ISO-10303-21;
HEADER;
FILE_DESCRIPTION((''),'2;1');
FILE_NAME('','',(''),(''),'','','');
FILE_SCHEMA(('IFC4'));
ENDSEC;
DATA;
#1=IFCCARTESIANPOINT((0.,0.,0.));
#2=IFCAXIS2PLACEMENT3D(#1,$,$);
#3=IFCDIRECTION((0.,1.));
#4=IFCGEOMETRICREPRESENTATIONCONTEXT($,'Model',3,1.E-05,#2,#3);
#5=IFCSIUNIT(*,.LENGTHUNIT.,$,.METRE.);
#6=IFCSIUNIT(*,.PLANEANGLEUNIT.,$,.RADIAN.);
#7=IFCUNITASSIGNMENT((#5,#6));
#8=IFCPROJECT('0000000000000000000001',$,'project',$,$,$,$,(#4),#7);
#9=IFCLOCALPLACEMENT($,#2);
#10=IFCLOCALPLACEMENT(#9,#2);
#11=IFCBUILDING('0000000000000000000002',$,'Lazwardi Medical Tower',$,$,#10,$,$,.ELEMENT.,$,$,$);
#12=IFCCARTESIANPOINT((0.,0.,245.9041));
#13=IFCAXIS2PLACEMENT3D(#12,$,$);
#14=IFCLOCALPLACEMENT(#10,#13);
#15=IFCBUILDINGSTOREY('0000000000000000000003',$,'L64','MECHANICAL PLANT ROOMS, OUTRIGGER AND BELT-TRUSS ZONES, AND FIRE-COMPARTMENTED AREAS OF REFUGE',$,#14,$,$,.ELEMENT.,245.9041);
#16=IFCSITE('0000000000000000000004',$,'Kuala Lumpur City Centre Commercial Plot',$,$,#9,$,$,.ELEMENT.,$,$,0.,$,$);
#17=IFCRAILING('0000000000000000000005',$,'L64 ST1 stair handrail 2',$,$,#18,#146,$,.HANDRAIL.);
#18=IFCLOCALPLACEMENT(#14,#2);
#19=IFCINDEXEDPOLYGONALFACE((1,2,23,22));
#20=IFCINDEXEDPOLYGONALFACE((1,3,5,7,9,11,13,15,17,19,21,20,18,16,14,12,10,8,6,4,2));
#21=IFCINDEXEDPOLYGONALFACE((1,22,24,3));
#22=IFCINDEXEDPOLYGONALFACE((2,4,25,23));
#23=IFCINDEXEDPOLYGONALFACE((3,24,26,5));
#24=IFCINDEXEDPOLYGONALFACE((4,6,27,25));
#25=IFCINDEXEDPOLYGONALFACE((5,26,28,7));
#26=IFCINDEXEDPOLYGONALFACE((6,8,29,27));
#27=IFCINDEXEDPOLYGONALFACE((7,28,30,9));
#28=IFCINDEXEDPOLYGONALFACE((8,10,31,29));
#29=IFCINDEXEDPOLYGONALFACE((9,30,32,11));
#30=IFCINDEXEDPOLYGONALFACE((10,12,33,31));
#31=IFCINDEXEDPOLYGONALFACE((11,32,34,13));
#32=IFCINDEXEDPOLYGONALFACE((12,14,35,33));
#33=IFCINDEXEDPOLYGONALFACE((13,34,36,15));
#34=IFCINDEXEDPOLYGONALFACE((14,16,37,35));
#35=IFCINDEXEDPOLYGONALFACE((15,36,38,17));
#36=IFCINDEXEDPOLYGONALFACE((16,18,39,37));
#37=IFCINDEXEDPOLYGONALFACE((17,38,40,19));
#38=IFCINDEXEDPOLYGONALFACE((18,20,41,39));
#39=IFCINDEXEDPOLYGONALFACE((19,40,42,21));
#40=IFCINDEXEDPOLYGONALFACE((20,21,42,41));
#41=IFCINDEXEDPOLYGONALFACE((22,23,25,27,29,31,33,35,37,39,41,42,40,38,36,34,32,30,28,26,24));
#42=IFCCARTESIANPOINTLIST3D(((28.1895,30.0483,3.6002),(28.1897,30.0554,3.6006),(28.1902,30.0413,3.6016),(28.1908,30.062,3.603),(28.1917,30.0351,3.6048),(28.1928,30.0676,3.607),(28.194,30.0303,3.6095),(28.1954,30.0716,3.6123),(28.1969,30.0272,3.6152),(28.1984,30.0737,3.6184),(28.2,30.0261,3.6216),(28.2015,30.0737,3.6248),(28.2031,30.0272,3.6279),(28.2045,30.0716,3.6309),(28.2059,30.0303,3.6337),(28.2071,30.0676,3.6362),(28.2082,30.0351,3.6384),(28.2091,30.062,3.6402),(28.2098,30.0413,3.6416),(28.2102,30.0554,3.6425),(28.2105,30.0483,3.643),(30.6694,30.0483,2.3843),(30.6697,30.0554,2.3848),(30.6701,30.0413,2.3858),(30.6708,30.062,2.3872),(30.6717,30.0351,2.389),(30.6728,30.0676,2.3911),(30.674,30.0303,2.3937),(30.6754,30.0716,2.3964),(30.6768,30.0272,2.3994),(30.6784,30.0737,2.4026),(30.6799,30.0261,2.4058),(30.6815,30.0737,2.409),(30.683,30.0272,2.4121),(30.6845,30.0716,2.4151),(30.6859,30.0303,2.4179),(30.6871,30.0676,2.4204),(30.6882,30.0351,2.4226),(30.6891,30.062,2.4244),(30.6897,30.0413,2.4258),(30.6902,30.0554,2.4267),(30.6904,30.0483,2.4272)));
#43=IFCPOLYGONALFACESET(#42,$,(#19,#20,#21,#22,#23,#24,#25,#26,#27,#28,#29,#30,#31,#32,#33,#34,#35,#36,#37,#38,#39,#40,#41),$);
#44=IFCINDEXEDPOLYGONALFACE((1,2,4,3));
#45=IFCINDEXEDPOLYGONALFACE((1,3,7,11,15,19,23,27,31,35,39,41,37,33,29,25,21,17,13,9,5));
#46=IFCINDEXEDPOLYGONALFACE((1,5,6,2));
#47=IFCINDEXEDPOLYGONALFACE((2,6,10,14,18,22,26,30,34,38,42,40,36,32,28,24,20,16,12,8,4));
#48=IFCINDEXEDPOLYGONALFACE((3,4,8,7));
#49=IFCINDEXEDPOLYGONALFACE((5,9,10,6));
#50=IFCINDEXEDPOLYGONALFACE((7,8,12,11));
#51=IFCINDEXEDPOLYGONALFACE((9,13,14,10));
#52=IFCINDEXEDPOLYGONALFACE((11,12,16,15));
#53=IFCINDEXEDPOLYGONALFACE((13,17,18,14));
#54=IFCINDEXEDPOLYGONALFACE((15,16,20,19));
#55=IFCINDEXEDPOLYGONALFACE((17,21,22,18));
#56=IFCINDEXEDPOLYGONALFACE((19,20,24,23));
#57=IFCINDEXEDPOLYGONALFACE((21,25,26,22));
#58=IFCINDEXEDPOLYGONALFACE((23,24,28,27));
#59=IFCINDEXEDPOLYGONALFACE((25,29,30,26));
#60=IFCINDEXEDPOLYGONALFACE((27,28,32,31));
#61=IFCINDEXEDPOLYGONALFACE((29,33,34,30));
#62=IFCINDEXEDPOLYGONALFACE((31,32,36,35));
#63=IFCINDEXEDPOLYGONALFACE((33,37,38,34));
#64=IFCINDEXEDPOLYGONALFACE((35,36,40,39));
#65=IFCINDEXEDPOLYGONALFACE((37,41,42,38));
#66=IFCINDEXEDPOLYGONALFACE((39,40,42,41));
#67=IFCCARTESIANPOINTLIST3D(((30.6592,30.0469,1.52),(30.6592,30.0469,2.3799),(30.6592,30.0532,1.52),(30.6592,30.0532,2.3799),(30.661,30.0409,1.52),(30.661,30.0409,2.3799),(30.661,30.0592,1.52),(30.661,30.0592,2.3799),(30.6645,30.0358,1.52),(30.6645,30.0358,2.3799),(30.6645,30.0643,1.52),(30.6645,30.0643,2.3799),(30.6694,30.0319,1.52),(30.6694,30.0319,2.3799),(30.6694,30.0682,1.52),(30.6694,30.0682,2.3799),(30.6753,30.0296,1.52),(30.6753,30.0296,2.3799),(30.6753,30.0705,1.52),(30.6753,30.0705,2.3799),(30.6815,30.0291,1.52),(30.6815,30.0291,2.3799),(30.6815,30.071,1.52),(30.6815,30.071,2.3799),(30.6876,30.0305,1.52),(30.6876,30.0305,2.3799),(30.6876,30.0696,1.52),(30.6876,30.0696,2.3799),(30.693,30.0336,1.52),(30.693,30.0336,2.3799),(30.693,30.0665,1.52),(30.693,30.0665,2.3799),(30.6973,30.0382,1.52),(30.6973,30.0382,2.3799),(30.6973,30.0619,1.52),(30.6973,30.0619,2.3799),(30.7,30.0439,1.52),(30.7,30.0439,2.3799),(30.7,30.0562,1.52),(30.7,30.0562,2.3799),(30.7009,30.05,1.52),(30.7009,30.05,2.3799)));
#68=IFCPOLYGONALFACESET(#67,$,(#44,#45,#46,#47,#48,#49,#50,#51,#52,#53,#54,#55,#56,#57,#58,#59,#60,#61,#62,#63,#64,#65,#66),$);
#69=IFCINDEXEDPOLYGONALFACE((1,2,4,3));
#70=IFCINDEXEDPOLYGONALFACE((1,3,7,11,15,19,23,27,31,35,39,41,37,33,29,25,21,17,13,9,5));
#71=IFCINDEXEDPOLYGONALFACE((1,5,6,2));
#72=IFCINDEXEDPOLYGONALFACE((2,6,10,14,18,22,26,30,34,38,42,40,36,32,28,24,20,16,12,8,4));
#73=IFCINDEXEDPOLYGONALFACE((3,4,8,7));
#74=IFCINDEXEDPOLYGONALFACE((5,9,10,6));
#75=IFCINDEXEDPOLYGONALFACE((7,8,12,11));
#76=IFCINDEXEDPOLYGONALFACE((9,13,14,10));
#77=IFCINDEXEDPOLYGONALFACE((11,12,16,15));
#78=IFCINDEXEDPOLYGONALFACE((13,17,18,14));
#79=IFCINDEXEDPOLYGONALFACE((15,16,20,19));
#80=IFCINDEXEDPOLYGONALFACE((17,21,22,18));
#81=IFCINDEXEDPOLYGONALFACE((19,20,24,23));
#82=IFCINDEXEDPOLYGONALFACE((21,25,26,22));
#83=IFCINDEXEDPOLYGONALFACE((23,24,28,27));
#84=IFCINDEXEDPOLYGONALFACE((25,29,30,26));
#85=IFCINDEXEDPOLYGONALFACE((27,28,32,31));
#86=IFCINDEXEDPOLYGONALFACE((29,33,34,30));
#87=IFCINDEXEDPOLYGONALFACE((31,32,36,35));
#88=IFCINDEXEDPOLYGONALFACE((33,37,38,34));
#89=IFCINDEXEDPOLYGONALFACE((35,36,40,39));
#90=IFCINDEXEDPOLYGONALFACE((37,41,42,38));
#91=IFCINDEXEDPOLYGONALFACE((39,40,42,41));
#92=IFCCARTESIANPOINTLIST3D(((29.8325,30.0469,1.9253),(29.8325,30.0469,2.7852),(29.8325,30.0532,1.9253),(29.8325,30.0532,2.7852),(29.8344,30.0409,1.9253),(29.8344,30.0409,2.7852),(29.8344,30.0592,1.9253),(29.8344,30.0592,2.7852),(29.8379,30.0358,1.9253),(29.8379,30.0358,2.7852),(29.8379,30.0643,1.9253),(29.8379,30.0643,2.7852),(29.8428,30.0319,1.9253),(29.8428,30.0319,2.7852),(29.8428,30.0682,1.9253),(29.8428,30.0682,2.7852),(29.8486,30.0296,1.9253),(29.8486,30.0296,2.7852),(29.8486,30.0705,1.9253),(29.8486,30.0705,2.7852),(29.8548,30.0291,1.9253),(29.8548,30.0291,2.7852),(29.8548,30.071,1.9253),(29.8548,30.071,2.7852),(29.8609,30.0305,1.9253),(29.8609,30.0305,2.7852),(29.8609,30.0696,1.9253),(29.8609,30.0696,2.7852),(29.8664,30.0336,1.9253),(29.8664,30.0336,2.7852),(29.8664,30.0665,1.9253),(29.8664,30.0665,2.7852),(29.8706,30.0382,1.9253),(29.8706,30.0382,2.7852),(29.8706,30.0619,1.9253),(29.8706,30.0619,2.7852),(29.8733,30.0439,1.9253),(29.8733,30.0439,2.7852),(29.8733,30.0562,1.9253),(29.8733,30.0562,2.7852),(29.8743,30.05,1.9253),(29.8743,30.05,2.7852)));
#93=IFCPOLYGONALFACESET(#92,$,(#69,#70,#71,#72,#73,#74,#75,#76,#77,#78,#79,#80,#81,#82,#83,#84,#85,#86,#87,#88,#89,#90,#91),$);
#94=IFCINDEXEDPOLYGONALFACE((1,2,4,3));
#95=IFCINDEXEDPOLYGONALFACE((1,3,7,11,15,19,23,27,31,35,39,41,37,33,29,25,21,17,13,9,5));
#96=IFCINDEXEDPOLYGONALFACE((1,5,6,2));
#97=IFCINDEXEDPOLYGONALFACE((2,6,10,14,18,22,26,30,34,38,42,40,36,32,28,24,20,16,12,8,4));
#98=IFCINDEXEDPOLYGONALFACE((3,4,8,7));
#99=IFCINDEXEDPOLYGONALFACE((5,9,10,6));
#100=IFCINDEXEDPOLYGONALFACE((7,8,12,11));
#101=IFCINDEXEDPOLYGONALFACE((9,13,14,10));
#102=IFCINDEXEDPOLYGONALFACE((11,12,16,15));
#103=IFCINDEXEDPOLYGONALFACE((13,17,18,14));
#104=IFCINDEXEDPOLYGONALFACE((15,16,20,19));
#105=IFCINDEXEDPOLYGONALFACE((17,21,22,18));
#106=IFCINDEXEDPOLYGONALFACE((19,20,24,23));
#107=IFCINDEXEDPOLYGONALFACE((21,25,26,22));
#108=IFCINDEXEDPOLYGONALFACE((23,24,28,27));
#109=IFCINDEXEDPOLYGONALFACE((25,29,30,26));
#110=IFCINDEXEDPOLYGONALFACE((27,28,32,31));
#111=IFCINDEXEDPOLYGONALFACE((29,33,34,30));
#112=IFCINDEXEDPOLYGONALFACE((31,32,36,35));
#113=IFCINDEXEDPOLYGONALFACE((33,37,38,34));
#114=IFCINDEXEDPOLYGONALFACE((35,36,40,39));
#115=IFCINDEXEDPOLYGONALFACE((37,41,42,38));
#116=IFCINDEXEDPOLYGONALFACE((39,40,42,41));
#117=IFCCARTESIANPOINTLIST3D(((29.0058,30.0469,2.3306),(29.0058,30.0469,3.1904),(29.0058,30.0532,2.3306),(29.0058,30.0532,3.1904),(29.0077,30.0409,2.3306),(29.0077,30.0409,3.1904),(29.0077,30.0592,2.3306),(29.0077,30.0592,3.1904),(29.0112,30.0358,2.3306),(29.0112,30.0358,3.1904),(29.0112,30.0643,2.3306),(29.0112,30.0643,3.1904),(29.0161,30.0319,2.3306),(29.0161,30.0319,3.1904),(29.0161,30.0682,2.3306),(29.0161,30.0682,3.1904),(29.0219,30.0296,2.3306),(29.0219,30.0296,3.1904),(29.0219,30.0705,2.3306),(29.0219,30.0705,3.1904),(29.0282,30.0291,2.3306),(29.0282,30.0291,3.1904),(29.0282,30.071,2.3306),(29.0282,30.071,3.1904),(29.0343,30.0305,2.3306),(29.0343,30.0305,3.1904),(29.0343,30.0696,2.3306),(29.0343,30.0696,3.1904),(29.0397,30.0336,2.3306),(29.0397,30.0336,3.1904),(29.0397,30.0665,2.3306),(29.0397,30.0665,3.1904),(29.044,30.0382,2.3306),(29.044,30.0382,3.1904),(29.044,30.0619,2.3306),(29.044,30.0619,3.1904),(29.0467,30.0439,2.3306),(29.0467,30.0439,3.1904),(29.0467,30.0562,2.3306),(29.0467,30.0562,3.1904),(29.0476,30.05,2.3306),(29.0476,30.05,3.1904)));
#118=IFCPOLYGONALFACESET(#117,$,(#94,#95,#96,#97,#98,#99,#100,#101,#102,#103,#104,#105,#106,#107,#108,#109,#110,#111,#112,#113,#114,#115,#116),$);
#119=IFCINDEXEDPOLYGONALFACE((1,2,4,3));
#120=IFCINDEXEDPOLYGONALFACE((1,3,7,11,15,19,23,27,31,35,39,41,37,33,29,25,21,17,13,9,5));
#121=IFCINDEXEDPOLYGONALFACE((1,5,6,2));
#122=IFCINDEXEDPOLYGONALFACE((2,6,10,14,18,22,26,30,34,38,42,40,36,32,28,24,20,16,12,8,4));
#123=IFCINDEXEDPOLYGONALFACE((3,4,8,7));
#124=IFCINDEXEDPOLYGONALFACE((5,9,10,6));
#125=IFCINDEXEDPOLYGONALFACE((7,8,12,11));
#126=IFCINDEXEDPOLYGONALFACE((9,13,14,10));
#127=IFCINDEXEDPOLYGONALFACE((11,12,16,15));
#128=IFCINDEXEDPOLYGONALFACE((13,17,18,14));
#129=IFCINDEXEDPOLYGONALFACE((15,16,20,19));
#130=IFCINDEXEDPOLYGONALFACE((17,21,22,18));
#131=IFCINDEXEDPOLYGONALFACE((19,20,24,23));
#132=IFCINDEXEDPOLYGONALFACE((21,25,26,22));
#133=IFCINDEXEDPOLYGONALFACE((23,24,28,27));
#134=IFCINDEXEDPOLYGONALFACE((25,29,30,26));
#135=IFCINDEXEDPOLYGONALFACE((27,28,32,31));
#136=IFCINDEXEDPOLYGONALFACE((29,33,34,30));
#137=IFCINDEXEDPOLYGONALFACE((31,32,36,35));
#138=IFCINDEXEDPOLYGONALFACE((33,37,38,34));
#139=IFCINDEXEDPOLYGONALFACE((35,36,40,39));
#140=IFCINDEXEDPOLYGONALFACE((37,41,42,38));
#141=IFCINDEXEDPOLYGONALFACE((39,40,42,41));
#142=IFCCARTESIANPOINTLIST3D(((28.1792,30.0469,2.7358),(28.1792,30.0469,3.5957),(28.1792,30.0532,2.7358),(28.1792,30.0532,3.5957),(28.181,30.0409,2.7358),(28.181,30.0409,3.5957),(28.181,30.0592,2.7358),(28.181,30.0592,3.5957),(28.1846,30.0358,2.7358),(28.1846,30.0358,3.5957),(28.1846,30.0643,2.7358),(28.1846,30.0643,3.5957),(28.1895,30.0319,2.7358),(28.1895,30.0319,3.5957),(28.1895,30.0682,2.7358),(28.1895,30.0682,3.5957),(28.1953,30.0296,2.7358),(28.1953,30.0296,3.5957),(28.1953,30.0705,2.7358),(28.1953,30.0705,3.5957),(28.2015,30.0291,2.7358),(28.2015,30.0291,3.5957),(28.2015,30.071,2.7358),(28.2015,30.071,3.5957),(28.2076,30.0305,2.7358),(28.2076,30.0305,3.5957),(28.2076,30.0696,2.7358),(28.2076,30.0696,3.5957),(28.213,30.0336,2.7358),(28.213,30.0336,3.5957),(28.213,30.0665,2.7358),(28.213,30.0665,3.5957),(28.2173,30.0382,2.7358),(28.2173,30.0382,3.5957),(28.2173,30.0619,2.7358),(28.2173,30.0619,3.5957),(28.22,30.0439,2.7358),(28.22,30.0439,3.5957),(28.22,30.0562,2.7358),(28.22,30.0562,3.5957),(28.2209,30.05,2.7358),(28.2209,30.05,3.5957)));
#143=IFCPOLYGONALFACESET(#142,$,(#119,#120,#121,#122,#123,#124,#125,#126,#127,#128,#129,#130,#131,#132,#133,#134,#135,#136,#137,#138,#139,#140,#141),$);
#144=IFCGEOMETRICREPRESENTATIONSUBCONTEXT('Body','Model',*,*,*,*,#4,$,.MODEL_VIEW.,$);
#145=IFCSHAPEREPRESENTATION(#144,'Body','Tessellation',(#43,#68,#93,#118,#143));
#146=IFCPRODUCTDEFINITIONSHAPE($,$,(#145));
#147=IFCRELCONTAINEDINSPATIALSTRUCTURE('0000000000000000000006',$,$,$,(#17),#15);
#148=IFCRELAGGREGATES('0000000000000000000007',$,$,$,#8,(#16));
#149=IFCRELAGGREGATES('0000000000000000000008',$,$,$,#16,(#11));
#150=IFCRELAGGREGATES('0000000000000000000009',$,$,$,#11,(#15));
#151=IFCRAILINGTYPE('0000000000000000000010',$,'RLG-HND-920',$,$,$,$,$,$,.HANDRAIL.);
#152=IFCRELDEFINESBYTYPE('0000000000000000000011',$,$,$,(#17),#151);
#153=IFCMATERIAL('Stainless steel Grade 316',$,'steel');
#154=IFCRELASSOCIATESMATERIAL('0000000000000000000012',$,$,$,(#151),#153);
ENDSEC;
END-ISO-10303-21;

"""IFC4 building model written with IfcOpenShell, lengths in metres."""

from ifc_helpers import new_model, si_unit, direction, frame, origin, origin_2d, place, context, subcontext, project, spatial, circle, extrude, material, type_object, element, save


model = new_model("IFC4")

# Units and contexts
model_context = context("Model", 3, precision=1e-05, world=origin(), true_north=direction((0.0, 1.0)))
body_context = subcontext(model_context, "Body", "Model", "MODEL_VIEW")
ifc_project = project(units=[si_unit("LENGTHUNIT", "METRE"), si_unit("PLANEANGLEUNIT", "RADIAN")], contexts=[model_context])

# Site, building, storey
site_placement = place(None, origin())
site = spatial("IfcSite", under=ifc_project, at=site_placement, Name="Kuala Lumpur City Centre Commercial Plot", CompositionType="ELEMENT", RefElevation=0.0)
building_placement = place(site_placement, origin())
building = spatial("IfcBuilding", under=site, at=building_placement, Name="Lazwardi Medical Tower", CompositionType="ELEMENT")
storey_placement = place(building_placement, frame((0.0, 0.0, 245.9041)))
storey = spatial("IfcBuildingStorey", under=building, at=storey_placement, Name="L64", Description="MECHANICAL PLANT ROOMS, OUTRIGGER AND BELT-TRUSS ZONES, AND FIRE-COMPARTMENTED AREAS OF REFUGE", CompositionType="ELEMENT", Elevation=245.9041)

# Railing
ifc_material_1 = material(Name="Stainless steel Grade 316", Category="steel")
railing_type = type_object("IfcRailingType", Name="RLG-HND-920", PredefinedType="HANDRAIL", material=ifc_material_1)
railing_1_placement = place(storey_placement, frame((30.6799, 30.05, 1.52)))
element("IfcRailing", 1, at=railing_1_placement, inside=storey, type_object=railing_type, Name="L64 ST1 stair handrail 2", PredefinedType="HANDRAIL", context=body_context, shape_type="SweptSolid", body=[
    extrude(circle(Radius=0.0239, at=origin_2d()), frame((0.0, 0.0, 0.8857), z_axis=(-0.8979, 0.0, 0.440199), x_axis=(0.0, -1.0, 0.0)), (0.0, 0.0, 1.0), 2.762),
    extrude(circle(Radius=0.021, at=origin_2d()), origin(), (0.0, 0.0, 1.0), 0.8599),
    extrude(circle(Radius=0.021, at=origin_2d()), frame((-0.8267, 0.0, 0.4053)), (0.0, 0.0, 1.0), 0.8599),
    extrude(circle(Radius=0.021, at=origin_2d()), frame((-1.6533, 0.0, 0.8105)), (0.0, 0.0, 1.0), 0.8599),
    extrude(circle(Radius=0.021, at=origin_2d()), frame((-2.48, 0.0, 1.2158)), (0.0, 0.0, 1.0), 0.8599),
])

save(model, "model.ifc")
